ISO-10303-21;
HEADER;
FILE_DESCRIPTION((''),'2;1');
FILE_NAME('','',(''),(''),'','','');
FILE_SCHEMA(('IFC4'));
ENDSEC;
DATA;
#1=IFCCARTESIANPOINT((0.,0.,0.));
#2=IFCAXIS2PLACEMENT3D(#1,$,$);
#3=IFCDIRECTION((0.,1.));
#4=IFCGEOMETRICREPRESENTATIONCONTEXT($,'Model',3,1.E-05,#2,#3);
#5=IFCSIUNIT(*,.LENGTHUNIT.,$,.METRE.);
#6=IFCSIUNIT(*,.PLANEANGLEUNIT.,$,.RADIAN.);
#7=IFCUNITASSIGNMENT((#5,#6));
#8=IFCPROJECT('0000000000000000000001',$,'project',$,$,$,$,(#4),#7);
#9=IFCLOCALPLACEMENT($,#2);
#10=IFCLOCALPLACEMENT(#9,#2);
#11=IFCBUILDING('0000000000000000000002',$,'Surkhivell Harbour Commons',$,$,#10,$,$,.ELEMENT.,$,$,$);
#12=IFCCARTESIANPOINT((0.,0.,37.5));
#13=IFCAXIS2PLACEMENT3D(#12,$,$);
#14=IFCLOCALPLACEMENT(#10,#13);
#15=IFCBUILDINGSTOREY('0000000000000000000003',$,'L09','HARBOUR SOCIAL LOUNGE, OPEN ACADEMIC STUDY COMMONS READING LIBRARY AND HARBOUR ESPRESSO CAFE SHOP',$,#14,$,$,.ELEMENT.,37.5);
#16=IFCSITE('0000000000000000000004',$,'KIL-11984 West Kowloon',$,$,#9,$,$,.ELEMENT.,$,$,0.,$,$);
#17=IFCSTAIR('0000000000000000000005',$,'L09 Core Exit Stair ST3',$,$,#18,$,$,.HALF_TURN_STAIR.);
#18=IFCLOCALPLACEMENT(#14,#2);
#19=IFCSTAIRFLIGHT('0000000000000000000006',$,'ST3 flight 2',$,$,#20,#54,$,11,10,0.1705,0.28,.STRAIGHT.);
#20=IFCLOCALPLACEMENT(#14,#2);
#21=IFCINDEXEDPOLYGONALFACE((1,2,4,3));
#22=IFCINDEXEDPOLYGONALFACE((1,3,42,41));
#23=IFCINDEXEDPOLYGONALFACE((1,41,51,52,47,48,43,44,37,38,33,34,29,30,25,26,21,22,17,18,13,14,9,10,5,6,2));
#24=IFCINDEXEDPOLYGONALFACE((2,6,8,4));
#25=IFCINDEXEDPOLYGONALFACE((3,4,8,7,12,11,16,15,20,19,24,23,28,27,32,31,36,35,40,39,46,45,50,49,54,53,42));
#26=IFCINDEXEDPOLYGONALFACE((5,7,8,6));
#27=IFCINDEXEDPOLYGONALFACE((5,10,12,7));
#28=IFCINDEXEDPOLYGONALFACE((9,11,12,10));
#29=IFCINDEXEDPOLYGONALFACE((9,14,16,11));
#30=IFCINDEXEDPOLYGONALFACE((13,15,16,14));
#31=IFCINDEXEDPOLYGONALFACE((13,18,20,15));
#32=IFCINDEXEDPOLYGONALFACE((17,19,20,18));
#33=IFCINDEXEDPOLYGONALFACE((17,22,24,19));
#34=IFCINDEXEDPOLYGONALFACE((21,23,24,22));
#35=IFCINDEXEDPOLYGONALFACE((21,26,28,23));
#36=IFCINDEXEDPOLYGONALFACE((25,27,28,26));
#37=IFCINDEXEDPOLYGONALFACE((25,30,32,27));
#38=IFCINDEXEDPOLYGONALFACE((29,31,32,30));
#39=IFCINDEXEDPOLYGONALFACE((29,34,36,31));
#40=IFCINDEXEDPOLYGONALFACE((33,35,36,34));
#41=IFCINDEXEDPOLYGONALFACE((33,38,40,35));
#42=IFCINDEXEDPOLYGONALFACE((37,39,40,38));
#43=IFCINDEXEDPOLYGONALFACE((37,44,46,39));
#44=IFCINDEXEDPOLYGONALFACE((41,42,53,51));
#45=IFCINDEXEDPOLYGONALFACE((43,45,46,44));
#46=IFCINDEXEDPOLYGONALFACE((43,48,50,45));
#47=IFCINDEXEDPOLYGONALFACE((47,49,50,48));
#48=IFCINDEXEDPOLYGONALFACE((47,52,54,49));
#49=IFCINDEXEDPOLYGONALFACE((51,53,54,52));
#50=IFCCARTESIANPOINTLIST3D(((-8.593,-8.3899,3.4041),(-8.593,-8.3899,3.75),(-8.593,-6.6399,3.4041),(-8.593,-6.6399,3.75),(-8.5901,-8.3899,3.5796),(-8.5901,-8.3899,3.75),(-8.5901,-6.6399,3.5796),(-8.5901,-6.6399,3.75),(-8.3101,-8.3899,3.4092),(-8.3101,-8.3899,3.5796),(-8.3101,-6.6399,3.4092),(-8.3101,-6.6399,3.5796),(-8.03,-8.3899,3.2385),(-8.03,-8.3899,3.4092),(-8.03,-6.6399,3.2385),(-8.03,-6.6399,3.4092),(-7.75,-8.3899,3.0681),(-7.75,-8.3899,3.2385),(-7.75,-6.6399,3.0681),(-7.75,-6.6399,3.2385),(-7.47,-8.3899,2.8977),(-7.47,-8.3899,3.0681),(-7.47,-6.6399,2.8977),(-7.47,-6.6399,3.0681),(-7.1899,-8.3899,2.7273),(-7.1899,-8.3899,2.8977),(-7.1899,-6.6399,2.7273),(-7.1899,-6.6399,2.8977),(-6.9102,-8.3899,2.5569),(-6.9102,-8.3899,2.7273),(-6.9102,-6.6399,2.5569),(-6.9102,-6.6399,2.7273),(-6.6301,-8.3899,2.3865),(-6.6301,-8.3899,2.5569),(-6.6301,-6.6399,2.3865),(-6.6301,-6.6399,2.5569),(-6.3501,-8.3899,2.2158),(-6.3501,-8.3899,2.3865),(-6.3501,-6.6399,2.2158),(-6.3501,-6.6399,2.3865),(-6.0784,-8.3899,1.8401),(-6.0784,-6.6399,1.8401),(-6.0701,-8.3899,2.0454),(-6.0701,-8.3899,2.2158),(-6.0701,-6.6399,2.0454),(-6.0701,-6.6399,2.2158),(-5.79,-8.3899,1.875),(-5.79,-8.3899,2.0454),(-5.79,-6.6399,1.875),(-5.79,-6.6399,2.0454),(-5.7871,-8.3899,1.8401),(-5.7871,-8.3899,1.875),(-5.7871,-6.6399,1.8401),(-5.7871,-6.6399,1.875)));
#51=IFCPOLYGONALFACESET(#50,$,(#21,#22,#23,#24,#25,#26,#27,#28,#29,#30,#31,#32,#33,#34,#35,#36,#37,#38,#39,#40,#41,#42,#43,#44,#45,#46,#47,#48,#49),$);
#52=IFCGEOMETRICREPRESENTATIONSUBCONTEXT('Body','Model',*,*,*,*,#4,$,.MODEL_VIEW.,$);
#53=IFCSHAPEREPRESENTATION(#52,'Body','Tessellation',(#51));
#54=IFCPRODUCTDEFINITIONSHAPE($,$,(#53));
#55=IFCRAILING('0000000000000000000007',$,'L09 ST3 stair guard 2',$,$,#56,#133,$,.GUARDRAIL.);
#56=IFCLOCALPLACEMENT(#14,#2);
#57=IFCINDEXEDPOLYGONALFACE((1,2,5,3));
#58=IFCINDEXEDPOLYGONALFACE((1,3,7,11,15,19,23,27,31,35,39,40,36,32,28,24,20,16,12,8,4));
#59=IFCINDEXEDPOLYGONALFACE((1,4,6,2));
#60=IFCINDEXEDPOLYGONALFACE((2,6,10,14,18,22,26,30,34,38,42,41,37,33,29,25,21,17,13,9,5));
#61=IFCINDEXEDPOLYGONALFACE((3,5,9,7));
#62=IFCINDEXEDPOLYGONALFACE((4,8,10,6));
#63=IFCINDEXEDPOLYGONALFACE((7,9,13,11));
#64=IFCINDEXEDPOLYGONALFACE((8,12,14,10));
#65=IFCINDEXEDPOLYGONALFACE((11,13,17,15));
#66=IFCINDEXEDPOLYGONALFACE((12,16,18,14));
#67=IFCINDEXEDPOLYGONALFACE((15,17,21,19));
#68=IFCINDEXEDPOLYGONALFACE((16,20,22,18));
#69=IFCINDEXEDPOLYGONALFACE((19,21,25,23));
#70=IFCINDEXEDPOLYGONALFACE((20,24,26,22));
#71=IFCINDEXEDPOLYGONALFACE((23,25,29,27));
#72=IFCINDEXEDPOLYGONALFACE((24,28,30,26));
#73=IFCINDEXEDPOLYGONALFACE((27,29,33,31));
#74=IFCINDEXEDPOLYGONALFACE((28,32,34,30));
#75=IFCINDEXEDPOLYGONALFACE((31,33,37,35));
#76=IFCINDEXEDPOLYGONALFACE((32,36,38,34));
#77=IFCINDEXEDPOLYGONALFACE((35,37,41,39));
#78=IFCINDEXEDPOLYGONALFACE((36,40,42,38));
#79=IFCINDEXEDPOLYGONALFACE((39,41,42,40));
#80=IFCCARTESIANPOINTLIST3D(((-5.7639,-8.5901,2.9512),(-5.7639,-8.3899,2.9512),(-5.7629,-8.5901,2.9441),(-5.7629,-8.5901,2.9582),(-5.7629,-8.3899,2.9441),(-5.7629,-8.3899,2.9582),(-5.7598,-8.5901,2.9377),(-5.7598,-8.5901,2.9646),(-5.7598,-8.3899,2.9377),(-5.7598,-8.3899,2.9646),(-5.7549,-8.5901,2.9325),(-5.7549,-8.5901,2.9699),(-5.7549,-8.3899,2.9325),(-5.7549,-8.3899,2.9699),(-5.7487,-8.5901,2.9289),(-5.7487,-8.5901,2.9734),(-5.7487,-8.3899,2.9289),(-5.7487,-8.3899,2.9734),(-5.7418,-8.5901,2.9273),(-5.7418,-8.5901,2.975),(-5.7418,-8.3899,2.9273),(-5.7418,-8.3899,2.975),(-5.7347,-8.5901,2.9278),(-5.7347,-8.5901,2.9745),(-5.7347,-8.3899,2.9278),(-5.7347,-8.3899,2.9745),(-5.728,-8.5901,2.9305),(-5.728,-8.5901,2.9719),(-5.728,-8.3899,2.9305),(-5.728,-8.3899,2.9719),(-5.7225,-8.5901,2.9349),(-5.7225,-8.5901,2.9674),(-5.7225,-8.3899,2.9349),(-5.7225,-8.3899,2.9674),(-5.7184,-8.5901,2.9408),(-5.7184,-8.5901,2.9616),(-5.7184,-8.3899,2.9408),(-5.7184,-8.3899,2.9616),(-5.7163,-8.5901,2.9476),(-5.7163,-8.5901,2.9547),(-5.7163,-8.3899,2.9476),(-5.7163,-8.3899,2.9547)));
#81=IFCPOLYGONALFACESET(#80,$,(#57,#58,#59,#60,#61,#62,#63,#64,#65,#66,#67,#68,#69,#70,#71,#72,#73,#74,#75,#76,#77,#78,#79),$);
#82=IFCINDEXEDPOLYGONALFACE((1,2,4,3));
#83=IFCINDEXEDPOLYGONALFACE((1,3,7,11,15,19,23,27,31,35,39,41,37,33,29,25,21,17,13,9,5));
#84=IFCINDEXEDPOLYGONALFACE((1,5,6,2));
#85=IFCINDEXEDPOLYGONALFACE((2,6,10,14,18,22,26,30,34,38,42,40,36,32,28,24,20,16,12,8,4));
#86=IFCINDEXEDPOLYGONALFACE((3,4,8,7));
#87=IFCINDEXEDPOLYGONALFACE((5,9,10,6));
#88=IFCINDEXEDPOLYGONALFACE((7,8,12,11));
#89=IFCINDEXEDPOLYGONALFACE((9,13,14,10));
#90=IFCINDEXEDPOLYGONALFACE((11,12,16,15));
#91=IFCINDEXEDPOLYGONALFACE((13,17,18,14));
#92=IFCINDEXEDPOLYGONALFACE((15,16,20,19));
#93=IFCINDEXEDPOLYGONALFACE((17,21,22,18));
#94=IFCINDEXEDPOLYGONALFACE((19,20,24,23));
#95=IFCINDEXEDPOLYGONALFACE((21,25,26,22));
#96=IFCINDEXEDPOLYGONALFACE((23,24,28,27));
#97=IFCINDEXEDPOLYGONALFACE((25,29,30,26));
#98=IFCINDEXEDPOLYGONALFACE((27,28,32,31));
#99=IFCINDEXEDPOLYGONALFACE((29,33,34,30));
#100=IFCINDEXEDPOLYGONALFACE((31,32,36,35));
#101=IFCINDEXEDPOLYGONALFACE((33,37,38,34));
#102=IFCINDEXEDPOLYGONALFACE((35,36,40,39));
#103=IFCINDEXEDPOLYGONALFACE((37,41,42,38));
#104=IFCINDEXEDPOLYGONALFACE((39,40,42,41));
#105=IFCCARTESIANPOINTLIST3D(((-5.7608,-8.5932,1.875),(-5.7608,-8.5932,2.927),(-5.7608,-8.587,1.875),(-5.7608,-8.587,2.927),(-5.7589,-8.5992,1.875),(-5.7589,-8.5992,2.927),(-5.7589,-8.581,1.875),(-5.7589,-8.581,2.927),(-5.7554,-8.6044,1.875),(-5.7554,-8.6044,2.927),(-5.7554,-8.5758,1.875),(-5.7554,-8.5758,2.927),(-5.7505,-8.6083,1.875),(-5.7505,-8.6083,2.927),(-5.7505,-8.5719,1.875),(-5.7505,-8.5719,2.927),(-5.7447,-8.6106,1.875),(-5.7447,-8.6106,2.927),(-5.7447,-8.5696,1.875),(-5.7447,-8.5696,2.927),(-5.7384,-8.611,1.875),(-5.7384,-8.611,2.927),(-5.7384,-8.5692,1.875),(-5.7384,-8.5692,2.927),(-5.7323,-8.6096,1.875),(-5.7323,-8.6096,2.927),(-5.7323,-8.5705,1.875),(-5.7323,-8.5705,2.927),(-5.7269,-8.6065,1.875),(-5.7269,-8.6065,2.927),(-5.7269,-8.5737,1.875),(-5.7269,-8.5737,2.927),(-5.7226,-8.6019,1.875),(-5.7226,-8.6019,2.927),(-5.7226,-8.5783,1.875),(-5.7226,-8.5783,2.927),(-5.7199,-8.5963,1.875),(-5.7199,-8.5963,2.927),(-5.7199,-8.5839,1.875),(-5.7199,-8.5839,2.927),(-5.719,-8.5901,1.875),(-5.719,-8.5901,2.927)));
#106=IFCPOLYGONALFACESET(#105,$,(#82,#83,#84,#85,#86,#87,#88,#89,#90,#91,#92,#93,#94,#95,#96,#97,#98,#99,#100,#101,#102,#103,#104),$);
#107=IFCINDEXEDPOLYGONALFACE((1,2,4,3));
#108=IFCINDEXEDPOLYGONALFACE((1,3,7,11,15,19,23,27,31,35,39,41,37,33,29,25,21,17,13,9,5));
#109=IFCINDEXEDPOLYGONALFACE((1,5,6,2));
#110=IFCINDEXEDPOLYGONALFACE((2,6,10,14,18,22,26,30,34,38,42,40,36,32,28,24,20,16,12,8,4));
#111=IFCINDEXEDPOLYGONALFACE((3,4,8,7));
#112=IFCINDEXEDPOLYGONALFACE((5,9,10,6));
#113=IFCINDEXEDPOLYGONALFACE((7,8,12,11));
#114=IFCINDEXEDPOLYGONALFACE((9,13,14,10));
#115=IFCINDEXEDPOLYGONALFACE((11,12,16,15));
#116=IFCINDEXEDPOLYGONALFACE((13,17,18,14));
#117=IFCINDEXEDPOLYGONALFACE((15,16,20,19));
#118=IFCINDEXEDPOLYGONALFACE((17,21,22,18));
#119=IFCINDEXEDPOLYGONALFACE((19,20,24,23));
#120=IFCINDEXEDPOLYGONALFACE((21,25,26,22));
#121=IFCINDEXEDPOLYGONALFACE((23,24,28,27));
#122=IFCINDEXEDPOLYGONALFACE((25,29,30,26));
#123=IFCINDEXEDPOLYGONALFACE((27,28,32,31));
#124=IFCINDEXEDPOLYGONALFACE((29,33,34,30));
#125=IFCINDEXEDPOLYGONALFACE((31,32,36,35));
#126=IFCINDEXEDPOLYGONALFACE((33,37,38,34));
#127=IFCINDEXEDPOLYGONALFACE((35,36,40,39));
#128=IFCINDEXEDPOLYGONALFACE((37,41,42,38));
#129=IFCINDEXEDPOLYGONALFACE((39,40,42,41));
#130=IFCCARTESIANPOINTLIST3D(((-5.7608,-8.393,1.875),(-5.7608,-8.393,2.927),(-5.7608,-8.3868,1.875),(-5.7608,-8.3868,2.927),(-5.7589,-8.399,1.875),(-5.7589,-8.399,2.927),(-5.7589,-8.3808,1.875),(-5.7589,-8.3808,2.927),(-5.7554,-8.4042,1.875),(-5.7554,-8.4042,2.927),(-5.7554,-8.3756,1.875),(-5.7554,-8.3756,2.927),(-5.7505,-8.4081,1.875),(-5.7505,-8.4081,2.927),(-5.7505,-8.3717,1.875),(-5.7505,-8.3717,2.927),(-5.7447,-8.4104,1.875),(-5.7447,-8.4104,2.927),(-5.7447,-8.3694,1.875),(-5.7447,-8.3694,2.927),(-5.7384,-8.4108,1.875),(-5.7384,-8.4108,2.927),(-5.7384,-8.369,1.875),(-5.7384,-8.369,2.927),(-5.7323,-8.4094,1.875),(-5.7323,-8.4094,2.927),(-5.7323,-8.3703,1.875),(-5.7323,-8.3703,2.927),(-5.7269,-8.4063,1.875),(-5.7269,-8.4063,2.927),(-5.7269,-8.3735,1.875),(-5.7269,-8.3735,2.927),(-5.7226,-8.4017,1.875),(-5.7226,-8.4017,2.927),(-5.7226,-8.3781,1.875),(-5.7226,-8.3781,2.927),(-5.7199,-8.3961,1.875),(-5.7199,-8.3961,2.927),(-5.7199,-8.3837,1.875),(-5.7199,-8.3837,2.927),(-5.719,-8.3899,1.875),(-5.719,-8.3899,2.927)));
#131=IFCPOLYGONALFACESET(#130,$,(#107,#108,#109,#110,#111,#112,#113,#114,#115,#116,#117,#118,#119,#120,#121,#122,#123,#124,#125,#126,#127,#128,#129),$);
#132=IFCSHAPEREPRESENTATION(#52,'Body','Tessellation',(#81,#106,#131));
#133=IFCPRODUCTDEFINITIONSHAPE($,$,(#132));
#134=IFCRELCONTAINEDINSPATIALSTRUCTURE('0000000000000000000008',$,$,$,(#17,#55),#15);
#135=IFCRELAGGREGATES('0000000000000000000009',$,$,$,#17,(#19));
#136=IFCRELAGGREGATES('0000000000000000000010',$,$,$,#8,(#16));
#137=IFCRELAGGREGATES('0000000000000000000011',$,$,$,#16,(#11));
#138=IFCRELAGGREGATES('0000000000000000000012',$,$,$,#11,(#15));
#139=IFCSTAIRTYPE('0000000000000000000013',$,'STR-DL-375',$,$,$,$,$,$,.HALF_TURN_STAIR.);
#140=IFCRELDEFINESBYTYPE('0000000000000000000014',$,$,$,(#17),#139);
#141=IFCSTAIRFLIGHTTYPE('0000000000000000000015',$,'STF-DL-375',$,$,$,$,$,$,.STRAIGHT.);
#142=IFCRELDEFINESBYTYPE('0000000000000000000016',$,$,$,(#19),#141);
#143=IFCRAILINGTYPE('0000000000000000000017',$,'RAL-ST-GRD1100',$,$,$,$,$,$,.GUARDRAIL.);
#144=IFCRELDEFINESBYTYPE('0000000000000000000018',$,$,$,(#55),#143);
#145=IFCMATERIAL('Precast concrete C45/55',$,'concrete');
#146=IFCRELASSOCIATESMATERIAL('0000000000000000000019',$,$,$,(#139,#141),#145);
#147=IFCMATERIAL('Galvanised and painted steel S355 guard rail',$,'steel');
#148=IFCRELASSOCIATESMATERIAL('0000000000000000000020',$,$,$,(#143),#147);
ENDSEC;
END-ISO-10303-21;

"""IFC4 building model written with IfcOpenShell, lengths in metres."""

from ifc_helpers import new_model, si_unit, direction, frame, origin, origin_2d, place, context, subcontext, project, spatial, polyline, circle, outline, extrude, material, type_object, element, aggregate, save


model = new_model("IFC4")

# Units and contexts
model_context = context("Model", 3, precision=1e-05, world=origin(), true_north=direction((0.0, 1.0)))
body_context = subcontext(model_context, "Body", "Model", "MODEL_VIEW")
ifc_project = project(units=[si_unit("LENGTHUNIT", "METRE"), si_unit("PLANEANGLEUNIT", "RADIAN")], contexts=[model_context])

# Site, building, storey
site_placement = place(None, origin())
site = spatial("IfcSite", under=ifc_project, at=site_placement, Name="KIL-11984 West Kowloon", CompositionType="ELEMENT", RefElevation=0.0)
building_placement = place(site_placement, origin())
building = spatial("IfcBuilding", under=site, at=building_placement, Name="Surkhivell Harbour Commons", CompositionType="ELEMENT")
storey_placement = place(building_placement, frame((0.0, 0.0, 37.5)))
storey = spatial("IfcBuildingStorey", under=building, at=storey_placement, Name="L09", Description="HARBOUR SOCIAL LOUNGE, OPEN ACADEMIC STUDY COMMONS READING LIBRARY AND HARBOUR ESPRESSO CAFE SHOP", CompositionType="ELEMENT", Elevation=37.5)

# Stair, stair flight
ifc_material_1 = material(Name="Precast concrete C45/55", Category="concrete")
stair_type = type_object("IfcStairType", Name="STR-DL-375", PredefinedType="HALF_TURN_STAIR", material=ifc_material_1)
stair_placement = place(storey_placement, origin())
stair = element("IfcStair", 1, at=stair_placement, inside=storey, type_object=stair_type, Name="L09 Core Exit Stair ST3", PredefinedType="HALF_TURN_STAIR")
stair_flight_type = type_object("IfcStairFlightType", Name="STF-DL-375", PredefinedType="STRAIGHT", material=ifc_material_1)
stair_flight_placement = place(storey_placement, frame((-5.79, -7.5149, 1.875), z_axis=(0.0, 0.0, 1.0), x_axis=(-1.0, 0.0, 0.0)))
stair_flight = element("IfcStairFlight", 2, at=stair_flight_placement, type_object=stair_flight_type, Name="ST3 flight 2", NumberOfRisers=11, NumberOfTreads=10, PredefinedType="STRAIGHT", RiserHeight=0.1705, TreadLength=0.28, context=body_context, shape_type="SweptSolid", body=[
    extrude(outline(polyline([(-0.0029, -0.0349), (-0.0029, 0.0), (0.0, 0.0), (0.0, 0.1704), (0.28, 0.1704), (0.28, 0.3408), (0.5601, 0.3408), (0.5601, 0.5115), (0.8401, 0.5115), (0.8401, 0.6819), (1.1201, 0.6819), (1.1201, 0.8523), (1.3999, 0.8523), (1.3999, 1.0227), (1.6799, 1.0227), (1.6799, 1.1931), (1.96, 1.1931), (1.96, 1.3635), (2.24, 1.3635), (2.24, 1.5342), (2.52, 1.5342), (2.52, 1.7046), (2.8, 1.7046), (2.8, 1.875), (2.803, 1.875), (2.803, 1.5291), (0.2883, -0.0349), (-0.0029, -0.0349)])), frame((0.0, 0.875, 0.0), z_axis=(0.0, -1.0, 0.0), x_axis=(1.0, 0.0, 0.0)), (0.0, 0.0, 1.0), 1.75),
])
aggregate(stair, [stair_flight])

# Railing
ifc_material_2 = material(Name="Galvanised and painted steel S355 guard rail", Category="steel")
railing_type_1 = type_object("IfcRailingType", Name="RAL-ST-GRD1100", PredefinedType="GUARDRAIL", material=ifc_material_2)
railing_1_placement = place(storey_placement, frame((-5.74, -8.5901, 1.875)))
element("IfcRailing", 3, at=railing_1_placement, inside=storey, type_object=railing_type_1, Name="L09 ST3 stair guard 2", PredefinedType="GUARDRAIL", context=body_context, shape_type="SweptSolid", body=[
    extrude(circle(Radius=0.0239, at=origin_2d()), frame((0.0, 0.0, 1.0762), z_axis=(0.0, 1.0, 0.0), x_axis=(-1.0, 0.0, 0.0)), (0.0, 0.0, 1.0), 0.2002),
    extrude(circle(Radius=0.021, at=origin_2d()), origin(), (0.0, 0.0, 1.0), 1.052),
    extrude(circle(Radius=0.021, at=origin_2d()), frame((0.0, 0.2002, 0.0)), (0.0, 0.0, 1.0), 1.052),
])

save(model, "model.ifc")
